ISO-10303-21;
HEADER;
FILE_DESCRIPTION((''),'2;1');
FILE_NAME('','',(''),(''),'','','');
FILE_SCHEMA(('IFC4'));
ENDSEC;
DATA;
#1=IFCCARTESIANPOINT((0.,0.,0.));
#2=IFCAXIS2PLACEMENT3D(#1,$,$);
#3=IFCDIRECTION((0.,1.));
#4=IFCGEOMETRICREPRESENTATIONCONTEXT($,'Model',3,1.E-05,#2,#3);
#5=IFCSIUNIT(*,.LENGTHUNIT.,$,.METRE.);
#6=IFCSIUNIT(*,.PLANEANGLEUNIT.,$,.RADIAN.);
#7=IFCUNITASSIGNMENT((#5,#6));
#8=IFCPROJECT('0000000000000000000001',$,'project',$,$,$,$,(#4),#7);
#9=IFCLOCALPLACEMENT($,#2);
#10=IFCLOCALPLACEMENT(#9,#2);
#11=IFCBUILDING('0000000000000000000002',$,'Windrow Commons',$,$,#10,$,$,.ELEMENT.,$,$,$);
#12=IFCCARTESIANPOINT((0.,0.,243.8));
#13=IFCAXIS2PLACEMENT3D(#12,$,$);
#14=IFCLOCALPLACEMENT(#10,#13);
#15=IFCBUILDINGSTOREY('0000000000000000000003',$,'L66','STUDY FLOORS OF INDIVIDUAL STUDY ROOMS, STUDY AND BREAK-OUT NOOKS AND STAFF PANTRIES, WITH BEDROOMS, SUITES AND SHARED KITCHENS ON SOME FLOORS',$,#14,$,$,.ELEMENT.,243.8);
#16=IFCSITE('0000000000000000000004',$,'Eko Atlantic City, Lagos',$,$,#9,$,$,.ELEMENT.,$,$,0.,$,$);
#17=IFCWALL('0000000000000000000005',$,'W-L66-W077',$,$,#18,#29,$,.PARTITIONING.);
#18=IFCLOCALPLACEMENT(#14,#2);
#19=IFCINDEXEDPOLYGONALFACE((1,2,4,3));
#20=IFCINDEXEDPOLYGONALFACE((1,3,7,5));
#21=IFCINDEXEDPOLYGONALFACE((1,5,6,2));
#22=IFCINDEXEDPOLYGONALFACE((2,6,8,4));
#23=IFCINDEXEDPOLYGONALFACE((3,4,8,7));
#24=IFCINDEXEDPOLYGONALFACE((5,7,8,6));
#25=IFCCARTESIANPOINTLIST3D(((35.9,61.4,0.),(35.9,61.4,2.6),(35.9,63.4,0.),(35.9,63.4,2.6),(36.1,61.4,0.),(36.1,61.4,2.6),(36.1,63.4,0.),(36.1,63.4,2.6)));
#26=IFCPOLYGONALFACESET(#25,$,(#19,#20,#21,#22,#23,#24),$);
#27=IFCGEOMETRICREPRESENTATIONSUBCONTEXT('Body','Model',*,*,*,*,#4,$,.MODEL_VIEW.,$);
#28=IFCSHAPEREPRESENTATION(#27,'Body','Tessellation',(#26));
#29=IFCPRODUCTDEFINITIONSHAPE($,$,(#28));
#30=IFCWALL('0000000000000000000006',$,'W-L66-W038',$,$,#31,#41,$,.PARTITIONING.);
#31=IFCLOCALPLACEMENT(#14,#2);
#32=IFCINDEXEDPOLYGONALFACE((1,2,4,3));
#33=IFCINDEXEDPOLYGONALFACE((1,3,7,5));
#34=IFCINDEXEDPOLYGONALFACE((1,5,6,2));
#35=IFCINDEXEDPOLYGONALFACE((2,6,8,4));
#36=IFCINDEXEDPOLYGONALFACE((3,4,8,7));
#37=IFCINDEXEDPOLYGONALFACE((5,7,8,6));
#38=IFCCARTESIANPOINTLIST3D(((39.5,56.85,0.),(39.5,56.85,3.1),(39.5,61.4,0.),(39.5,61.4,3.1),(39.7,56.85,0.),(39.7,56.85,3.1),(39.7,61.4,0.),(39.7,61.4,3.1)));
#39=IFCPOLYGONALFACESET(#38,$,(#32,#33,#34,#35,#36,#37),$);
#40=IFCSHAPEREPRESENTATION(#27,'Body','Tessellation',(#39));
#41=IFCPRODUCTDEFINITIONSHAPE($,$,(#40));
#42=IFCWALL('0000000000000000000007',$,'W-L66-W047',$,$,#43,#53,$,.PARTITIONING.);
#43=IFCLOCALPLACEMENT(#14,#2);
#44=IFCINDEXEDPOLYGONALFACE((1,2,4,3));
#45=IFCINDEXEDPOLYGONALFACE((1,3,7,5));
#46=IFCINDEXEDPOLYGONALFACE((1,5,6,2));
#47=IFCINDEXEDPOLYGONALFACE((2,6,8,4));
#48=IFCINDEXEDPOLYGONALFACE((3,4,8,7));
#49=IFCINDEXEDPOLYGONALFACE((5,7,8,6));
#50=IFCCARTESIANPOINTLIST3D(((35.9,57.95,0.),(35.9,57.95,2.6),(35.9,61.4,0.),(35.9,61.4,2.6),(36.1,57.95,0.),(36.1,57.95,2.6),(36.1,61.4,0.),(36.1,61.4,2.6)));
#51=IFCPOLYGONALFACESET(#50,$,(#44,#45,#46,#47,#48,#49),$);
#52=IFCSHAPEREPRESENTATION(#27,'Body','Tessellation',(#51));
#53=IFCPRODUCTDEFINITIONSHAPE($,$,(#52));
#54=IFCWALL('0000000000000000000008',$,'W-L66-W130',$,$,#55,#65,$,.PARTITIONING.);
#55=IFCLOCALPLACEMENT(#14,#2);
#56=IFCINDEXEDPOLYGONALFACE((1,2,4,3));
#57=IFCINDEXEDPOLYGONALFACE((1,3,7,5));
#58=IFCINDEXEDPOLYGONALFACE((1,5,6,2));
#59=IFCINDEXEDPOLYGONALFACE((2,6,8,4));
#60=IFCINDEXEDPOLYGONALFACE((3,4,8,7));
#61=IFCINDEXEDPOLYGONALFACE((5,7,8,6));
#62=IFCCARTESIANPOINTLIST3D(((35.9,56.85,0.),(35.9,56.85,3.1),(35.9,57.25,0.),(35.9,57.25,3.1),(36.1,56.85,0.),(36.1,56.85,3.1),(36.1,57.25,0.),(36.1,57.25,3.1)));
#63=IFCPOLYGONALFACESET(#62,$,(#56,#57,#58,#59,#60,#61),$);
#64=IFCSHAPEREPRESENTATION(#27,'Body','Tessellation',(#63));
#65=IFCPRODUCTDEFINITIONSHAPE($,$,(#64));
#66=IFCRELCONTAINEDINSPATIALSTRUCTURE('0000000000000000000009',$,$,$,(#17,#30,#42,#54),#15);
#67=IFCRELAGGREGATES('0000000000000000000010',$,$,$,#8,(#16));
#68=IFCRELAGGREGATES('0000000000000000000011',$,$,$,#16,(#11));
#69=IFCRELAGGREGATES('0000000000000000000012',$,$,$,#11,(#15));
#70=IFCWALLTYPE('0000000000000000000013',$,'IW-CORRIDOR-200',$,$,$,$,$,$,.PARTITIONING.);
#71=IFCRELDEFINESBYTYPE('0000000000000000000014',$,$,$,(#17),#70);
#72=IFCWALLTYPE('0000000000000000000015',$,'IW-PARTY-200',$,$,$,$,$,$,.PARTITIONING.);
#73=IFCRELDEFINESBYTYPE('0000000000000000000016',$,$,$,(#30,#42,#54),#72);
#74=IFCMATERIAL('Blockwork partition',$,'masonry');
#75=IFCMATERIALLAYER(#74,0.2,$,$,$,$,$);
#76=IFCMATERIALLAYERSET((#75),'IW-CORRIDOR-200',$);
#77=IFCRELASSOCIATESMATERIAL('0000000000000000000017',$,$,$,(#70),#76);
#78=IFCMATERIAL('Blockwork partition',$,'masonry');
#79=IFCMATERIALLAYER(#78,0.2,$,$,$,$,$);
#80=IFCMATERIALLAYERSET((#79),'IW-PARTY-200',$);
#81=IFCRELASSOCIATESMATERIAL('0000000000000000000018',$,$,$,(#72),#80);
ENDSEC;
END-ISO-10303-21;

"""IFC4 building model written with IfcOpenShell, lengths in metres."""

from ifc_helpers import new_model, si_unit, direction, frame, frame_2d, origin, place, context, subcontext, project, spatial, rectangle, extrude, material, layer, layer_set, type_object, element, save


model = new_model("IFC4")

# Units and contexts
model_context = context("Model", 3, precision=1e-05, world=origin(), true_north=direction((0.0, 1.0)))
body_context = subcontext(model_context, "Body", "Model", "MODEL_VIEW")
ifc_project = project(units=[si_unit("LENGTHUNIT", "METRE"), si_unit("PLANEANGLEUNIT", "RADIAN")], contexts=[model_context])

# Site, building, storey
site_placement = place(None, origin())
site = spatial("IfcSite", under=ifc_project, at=site_placement, Name="Eko Atlantic City, Lagos", CompositionType="ELEMENT", RefElevation=0.0)
building_placement = place(site_placement, origin())
building = spatial("IfcBuilding", under=site, at=building_placement, Name="Windrow Commons", CompositionType="ELEMENT")
storey_placement = place(building_placement, frame((0.0, 0.0, 243.8)))
storey = spatial("IfcBuildingStorey", under=building, at=storey_placement, Name="L66", Description="STUDY FLOORS OF INDIVIDUAL STUDY ROOMS, STUDY AND BREAK-OUT NOOKS AND STAFF PANTRIES, WITH BEDROOMS, SUITES AND SHARED KITCHENS ON SOME FLOORS", CompositionType="ELEMENT", Elevation=243.8)

# Shared definitions
ifc_material_1 = material(Name="Blockwork partition", Category="masonry")
ifc_layer_1 = layer(ifc_material_1, 0.2)
ifc_layer_set_1 = layer_set([ifc_layer_1], Name="IW-CORRIDOR-200")
wall_type_1 = type_object("IfcWallType", Name="IW-CORRIDOR-200", PredefinedType="PARTITIONING", material=ifc_layer_set_1)

# Walls
wall_1_placement = place(storey_placement, frame((36.0, 61.4, 0.0), z_axis=(0.0, 0.0, 1.0), x_axis=(0.0, 1.0, 0.0)))
element("IfcWall", 1, at=wall_1_placement, inside=storey, type_object=wall_type_1, Name="W-L66-W077", PredefinedType="PARTITIONING", context=body_context, shape_type="SweptSolid", body=[
    extrude(rectangle(XDim=2.0, YDim=0.2, at=frame_2d((1.0, 0.0))), origin(), (0.0, 0.0, 1.0), 2.6),
])
ifc_material_2 = material(Name="Blockwork partition", Category="masonry")
ifc_layer_2 = layer(ifc_material_2, 0.2)
ifc_layer_set_2 = layer_set([ifc_layer_2], Name="IW-PARTY-200")
wall_type_2 = type_object("IfcWallType", Name="IW-PARTY-200", PredefinedType="PARTITIONING", material=ifc_layer_set_2)
wall_2_placement = place(storey_placement, frame((39.6, 56.85, 0.0), z_axis=(0.0, 0.0, 1.0), x_axis=(0.0, 1.0, 0.0)))
element("IfcWall", 2, at=wall_2_placement, inside=storey, type_object=wall_type_2, Name="W-L66-W038", PredefinedType="PARTITIONING", context=body_context, shape_type="SweptSolid", body=[
    extrude(rectangle(XDim=4.55, YDim=0.2, at=frame_2d((2.275, 0.0))), origin(), (0.0, 0.0, 1.0), 3.1),
])
wall_3_placement = place(storey_placement, frame((36.0, 57.95, 0.0), z_axis=(0.0, 0.0, 1.0), x_axis=(0.0, 1.0, 0.0)))
element("IfcWall", 3, at=wall_3_placement, inside=storey, type_object=wall_type_2, Name="W-L66-W047", PredefinedType="PARTITIONING", context=body_context, shape_type="SweptSolid", body=[
    extrude(rectangle(XDim=3.45, YDim=0.2, at=frame_2d((1.725, 0.0))), origin(), (0.0, 0.0, 1.0), 2.6),
])
wall_4_placement = place(storey_placement, frame((36.0, 56.85, 0.0), z_axis=(0.0, 0.0, 1.0), x_axis=(0.0, 1.0, 0.0)))
element("IfcWall", 4, at=wall_4_placement, inside=storey, type_object=wall_type_2, Name="W-L66-W130", PredefinedType="PARTITIONING", context=body_context, shape_type="SweptSolid", body=[
    extrude(rectangle(XDim=0.4, YDim=0.2, at=frame_2d((0.2, 0.0))), origin(), (0.0, 0.0, 1.0), 3.1),
])

save(model, "model.ifc")
